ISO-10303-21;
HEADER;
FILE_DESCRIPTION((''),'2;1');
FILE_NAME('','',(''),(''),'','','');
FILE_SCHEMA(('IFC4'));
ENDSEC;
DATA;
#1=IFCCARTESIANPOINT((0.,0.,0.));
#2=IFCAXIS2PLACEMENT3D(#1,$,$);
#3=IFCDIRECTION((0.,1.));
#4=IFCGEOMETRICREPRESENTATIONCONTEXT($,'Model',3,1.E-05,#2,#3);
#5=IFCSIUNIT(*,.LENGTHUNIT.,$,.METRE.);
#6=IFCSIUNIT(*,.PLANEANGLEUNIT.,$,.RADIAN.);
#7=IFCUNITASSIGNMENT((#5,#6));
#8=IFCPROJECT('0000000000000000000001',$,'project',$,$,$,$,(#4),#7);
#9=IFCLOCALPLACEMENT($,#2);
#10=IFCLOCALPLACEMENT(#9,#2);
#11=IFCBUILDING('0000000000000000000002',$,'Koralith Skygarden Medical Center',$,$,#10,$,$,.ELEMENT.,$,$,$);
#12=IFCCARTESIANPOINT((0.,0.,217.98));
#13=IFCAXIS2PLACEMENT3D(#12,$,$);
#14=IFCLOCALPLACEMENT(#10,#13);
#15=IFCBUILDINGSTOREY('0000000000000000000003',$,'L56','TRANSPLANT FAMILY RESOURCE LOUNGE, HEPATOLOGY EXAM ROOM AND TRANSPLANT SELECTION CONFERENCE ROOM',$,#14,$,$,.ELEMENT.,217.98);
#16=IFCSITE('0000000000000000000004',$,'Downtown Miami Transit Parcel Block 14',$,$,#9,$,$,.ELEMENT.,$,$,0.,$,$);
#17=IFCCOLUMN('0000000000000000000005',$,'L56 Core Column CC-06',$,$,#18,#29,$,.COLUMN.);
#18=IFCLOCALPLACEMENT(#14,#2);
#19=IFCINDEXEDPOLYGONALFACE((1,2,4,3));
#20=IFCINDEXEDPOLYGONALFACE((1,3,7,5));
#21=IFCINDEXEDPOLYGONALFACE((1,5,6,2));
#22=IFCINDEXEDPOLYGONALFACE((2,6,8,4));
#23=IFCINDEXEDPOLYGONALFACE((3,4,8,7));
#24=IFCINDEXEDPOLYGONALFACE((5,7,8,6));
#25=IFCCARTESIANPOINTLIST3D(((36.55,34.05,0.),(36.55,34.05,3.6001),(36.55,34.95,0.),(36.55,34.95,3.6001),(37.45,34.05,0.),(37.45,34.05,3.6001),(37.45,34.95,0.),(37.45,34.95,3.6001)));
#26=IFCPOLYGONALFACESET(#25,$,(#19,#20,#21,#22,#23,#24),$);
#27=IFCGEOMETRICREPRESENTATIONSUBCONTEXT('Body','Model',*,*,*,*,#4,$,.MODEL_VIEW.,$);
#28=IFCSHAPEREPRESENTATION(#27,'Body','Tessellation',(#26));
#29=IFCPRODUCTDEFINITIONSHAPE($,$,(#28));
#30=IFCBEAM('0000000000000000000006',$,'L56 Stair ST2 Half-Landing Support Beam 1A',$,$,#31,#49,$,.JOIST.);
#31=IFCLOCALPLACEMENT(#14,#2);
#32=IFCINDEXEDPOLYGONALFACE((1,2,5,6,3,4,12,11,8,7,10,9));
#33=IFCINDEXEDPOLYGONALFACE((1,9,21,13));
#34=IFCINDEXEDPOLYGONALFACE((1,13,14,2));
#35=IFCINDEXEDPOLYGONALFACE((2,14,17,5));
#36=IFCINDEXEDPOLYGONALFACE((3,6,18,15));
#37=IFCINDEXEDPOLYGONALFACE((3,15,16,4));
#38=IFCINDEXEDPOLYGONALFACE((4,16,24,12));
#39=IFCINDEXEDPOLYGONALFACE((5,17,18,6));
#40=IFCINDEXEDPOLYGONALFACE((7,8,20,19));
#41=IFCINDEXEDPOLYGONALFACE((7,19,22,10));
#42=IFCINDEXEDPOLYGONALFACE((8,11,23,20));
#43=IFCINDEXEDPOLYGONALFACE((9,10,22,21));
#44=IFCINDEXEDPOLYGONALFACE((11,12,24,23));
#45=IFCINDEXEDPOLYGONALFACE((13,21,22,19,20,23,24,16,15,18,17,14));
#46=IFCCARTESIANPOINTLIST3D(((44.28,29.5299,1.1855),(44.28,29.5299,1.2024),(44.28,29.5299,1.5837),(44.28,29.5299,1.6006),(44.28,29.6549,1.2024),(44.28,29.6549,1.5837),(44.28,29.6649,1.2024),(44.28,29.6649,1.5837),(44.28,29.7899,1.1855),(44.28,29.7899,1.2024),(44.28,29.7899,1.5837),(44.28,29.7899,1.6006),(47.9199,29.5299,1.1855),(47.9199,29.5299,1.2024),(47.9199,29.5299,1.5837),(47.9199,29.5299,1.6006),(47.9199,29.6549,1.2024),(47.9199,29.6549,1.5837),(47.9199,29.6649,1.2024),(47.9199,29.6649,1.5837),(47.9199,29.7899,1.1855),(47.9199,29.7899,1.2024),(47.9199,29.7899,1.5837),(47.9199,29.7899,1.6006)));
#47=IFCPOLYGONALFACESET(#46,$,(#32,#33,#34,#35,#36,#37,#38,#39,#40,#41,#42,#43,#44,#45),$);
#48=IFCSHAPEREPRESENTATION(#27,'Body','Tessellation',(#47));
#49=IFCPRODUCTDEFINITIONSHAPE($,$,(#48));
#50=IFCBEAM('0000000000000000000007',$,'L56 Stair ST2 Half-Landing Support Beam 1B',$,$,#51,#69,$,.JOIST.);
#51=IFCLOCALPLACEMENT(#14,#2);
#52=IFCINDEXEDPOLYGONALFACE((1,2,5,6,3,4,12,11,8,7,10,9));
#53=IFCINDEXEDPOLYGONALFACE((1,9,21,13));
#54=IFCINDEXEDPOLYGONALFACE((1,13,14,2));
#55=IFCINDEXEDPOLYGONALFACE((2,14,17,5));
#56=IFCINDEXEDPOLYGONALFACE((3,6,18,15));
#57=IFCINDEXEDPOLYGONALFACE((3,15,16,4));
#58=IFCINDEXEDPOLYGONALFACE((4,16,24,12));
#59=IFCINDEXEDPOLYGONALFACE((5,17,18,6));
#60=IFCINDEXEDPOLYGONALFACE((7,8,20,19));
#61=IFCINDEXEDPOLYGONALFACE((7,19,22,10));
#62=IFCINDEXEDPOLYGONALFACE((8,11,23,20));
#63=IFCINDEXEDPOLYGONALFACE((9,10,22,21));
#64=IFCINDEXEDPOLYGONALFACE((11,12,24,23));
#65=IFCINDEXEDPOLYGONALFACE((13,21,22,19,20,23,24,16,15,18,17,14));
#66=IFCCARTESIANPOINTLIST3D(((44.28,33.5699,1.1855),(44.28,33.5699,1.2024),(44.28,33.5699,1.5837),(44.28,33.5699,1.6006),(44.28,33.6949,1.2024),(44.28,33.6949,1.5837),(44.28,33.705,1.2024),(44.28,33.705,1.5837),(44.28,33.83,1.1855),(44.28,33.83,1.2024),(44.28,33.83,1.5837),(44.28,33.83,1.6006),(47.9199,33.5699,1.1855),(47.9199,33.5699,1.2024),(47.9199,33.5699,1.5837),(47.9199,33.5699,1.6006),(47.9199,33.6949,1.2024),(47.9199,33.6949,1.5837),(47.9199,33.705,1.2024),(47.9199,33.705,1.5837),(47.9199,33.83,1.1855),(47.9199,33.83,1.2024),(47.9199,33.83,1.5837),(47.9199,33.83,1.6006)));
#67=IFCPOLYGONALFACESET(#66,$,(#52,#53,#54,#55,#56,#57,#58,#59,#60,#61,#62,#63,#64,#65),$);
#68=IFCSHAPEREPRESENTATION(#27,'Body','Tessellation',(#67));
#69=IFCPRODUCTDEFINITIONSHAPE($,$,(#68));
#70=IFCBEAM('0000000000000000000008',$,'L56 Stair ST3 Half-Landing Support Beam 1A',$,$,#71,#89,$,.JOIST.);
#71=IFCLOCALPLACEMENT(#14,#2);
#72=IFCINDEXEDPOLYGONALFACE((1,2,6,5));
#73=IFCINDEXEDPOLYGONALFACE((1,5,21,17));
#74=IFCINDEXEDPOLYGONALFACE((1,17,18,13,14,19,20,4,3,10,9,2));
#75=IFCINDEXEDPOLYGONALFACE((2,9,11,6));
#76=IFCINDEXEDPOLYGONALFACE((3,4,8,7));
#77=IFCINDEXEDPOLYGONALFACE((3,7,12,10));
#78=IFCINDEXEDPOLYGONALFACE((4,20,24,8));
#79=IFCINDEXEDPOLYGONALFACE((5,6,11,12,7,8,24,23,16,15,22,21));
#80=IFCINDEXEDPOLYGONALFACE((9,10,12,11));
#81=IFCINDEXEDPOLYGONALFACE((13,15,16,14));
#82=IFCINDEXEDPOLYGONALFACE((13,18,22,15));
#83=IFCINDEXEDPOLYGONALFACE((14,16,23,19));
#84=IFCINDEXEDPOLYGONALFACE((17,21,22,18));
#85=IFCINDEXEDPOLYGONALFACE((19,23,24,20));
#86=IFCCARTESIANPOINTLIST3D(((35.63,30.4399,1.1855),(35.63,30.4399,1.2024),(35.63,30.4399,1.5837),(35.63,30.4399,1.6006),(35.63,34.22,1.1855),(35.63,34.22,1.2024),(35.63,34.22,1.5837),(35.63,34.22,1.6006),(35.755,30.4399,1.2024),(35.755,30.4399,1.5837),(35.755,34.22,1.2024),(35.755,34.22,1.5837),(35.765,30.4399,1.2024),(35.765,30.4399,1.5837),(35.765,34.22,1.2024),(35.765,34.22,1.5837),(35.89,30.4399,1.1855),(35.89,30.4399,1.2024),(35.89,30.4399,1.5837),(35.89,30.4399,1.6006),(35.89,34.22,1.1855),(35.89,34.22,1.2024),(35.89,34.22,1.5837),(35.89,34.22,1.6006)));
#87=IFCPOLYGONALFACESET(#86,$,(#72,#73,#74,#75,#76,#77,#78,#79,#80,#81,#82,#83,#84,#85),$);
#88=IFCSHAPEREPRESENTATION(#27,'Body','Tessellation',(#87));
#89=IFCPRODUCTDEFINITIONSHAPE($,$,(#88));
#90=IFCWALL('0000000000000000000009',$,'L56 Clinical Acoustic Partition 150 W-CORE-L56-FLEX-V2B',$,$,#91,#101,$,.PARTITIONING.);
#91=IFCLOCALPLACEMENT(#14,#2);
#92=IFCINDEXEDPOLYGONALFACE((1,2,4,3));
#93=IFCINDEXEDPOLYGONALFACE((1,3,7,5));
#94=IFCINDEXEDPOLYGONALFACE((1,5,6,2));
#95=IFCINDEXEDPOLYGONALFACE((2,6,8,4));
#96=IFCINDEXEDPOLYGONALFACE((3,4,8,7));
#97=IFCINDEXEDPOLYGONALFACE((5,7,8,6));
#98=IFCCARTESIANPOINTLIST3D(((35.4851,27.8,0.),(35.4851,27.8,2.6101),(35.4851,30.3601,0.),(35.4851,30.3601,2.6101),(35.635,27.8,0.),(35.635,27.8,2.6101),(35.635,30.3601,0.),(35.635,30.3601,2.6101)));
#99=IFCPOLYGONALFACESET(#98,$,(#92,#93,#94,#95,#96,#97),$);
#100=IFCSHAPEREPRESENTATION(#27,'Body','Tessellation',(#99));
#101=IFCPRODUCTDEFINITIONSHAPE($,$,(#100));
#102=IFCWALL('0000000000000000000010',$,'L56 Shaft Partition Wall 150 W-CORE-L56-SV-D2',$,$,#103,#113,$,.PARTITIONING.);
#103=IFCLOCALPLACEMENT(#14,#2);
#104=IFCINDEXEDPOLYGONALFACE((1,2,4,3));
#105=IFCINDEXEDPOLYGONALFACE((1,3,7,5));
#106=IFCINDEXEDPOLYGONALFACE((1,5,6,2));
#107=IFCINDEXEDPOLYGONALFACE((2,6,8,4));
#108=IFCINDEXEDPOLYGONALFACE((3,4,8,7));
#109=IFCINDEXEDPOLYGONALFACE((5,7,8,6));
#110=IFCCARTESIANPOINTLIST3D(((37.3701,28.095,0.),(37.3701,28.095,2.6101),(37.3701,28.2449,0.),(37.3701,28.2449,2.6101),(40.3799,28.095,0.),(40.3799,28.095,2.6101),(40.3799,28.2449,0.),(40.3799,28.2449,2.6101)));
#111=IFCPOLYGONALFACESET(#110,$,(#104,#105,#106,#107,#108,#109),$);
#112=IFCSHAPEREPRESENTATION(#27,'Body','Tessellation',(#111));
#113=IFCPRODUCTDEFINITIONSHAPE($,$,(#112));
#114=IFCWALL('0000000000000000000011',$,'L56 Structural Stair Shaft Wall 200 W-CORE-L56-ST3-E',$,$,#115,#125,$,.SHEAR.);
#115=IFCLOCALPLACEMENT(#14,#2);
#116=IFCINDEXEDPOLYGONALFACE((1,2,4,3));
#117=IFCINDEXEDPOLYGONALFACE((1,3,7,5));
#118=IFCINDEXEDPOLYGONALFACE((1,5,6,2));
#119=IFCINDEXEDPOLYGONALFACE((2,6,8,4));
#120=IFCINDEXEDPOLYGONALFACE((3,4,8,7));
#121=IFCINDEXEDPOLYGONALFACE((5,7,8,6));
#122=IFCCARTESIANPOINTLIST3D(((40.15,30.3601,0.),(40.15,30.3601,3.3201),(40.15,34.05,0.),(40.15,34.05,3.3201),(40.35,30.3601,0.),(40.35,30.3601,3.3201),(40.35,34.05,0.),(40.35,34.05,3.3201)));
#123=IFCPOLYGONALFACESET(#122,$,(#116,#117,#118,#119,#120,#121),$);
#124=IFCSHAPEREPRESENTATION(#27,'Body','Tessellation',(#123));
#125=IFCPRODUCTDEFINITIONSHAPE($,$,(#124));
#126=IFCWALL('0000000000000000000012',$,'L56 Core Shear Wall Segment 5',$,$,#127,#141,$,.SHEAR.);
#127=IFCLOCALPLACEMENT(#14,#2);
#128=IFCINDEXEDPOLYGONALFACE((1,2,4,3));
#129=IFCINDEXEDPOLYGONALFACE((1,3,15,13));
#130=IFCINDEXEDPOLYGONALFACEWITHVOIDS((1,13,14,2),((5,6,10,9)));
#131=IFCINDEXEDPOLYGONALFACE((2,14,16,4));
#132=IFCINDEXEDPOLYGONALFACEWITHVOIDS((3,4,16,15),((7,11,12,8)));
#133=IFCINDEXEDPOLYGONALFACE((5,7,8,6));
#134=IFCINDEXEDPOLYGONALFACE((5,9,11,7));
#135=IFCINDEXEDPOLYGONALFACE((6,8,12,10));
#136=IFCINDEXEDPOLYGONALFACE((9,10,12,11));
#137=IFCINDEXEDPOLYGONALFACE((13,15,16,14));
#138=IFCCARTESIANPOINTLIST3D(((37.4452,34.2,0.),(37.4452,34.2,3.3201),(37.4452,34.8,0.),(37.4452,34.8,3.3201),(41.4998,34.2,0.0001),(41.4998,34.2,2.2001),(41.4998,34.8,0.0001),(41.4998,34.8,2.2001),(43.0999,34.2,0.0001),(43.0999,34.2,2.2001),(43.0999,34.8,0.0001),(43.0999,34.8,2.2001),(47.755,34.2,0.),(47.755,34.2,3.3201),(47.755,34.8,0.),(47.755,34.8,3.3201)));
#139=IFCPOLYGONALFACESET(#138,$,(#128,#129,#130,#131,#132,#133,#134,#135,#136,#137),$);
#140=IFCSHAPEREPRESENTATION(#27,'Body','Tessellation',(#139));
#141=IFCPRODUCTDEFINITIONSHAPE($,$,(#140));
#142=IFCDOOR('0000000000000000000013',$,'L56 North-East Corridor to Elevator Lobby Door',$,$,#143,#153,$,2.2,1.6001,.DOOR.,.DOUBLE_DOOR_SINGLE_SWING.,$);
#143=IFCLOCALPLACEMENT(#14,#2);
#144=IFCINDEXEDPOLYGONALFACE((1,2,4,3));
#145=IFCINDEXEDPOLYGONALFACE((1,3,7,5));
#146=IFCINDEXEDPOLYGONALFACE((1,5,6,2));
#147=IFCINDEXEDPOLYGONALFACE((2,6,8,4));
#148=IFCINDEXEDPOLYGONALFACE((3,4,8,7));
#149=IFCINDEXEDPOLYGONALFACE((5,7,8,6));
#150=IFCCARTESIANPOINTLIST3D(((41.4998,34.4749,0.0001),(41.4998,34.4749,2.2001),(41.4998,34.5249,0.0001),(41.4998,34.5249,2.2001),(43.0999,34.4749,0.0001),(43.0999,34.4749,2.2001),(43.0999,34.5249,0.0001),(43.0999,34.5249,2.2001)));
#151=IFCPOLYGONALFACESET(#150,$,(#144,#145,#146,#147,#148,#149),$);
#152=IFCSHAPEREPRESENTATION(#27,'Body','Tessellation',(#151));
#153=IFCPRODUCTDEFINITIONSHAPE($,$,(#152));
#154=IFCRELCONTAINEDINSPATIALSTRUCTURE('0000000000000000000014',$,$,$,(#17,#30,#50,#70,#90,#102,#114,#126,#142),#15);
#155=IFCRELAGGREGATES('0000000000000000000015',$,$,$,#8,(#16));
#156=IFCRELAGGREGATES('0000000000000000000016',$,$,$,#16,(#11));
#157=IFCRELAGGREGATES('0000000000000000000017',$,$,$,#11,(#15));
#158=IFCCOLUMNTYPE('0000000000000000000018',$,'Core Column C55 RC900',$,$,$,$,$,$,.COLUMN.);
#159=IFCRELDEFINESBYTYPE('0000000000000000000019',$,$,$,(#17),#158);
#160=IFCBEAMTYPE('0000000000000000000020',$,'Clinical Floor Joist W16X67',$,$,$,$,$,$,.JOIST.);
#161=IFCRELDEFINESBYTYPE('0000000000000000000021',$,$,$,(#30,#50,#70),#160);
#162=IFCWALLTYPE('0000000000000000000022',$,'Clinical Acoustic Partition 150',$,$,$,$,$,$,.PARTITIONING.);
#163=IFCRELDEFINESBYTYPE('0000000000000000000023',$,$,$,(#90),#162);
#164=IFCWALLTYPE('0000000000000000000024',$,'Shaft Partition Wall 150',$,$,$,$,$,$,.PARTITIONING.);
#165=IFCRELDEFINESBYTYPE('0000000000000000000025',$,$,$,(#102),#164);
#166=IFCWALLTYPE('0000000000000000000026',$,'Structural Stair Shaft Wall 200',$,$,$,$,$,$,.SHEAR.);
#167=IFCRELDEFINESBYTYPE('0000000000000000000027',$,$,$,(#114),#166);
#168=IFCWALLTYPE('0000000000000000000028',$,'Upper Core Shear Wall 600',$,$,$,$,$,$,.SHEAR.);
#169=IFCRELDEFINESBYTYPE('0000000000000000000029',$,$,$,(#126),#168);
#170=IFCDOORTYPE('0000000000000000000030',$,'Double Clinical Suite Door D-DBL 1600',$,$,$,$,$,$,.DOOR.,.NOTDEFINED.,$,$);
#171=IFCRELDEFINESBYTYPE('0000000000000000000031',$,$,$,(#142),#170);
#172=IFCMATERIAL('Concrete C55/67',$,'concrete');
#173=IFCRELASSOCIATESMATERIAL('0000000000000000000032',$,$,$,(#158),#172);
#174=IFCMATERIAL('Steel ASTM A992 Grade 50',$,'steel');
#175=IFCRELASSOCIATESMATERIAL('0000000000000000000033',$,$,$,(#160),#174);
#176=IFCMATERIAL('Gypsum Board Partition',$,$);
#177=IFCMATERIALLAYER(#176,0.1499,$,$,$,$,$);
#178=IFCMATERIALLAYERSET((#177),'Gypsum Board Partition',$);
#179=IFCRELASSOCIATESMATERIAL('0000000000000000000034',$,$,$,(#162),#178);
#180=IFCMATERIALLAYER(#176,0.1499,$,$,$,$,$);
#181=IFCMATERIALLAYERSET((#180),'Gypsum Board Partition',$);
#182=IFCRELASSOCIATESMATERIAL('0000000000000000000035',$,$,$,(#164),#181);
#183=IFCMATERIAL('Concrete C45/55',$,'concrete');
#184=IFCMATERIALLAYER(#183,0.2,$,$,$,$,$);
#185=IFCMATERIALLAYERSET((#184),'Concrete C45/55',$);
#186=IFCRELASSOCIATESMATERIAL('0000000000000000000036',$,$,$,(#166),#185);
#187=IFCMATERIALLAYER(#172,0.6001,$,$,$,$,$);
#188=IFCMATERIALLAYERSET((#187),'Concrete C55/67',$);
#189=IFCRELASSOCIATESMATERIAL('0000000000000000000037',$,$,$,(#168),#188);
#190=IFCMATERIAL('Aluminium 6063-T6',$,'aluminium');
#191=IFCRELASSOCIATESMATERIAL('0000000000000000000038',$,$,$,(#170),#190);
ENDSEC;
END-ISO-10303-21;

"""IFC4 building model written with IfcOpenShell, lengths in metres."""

from ifc_helpers import new_model, si_unit, direction, frame, frame_2d, origin, origin_2d, place, context, subcontext, project, spatial, rectangle, i_section, extrude, material, layer, layer_set, material_profile, profile_set, type_object, element, fill, save


model = new_model("IFC4")

# Units and contexts
model_context = context("Model", 3, precision=1e-05, world=origin(), true_north=direction((0.0, 1.0)))
body_context = subcontext(model_context, "Body", "Model", "MODEL_VIEW")
ifc_project = project(units=[si_unit("LENGTHUNIT", "METRE"), si_unit("PLANEANGLEUNIT", "RADIAN")], contexts=[model_context])

# Site, building, storey
site_placement = place(None, origin())
site = spatial("IfcSite", under=ifc_project, at=site_placement, Name="Downtown Miami Transit Parcel Block 14", CompositionType="ELEMENT", RefElevation=0.0)
building_placement = place(site_placement, origin())
building = spatial("IfcBuilding", under=site, at=building_placement, Name="Koralith Skygarden Medical Center", CompositionType="ELEMENT")
storey_placement = place(building_placement, frame((0.0, 0.0, 217.98)))
storey = spatial("IfcBuildingStorey", under=building, at=storey_placement, Name="L56", Description="TRANSPLANT FAMILY RESOURCE LOUNGE, HEPATOLOGY EXAM ROOM AND TRANSPLANT SELECTION CONFERENCE ROOM", CompositionType="ELEMENT", Elevation=217.98)

# Column
ifc_material_1 = material(Name="Concrete C55/67", Category="concrete")
ifc_material_profile_1 = material_profile(ifc_material_1, rectangle(XDim=0.8999, YDim=0.8999, at=origin_2d()), Name="RC900X900")
ifc_profile_set_1 = profile_set([ifc_material_profile_1], Name="Concrete C55/67")
column_type = type_object("IfcColumnType", Name="Core Column C55 RC900", PredefinedType="COLUMN", material=ifc_profile_set_1)
column_placement = place(storey_placement, frame((37.0, 34.5, 0.0), z_axis=(0.0, 0.0, 1.0), x_axis=(1.0, 0.0, 0.0)))
element("IfcColumn", 1, at=column_placement, inside=storey, type_object=column_type, Name="L56 Core Column CC-06", PredefinedType="COLUMN", context=body_context, shape_type="SweptSolid", body=[
    extrude(rectangle(XDim=0.8999, YDim=0.8999, at=origin_2d()), origin(), (0.0, 0.0, 1.0), 3.6001),
])

# Beams
ifc_material_2 = material(Name="Steel ASTM A992 Grade 50", Category="steel")
ifc_material_profile_2 = material_profile(ifc_material_2, i_section(OverallWidth=0.26, OverallDepth=0.415, WebThickness=0.01, FlangeThickness=0.0168, at=origin_2d()), Name="W16X67")
ifc_profile_set_2 = profile_set([ifc_material_profile_2], Name="Steel ASTM A992 Grade 50")
beam_type = type_object("IfcBeamType", Name="Clinical Floor Joist W16X67", PredefinedType="JOIST", material=ifc_profile_set_2)
for number, where, z_axis, x_axis, name in (
    (2, (44.28, 29.6599, 1.3931), (1.0, 0.0, 0.0), (0.0, 1.0, 0.0), "L56 Stair ST2 Half-Landing Support Beam 1A"),
    (3, (44.28, 33.7, 1.3931), (1.0, 0.0, 0.0), (0.0, 1.0, 0.0), "L56 Stair ST2 Half-Landing Support Beam 1B"),
):
    element("IfcBeam", number, at=place(storey_placement, frame(where, z_axis=z_axis, x_axis=x_axis)), inside=storey, type_object=beam_type, Name=name, PredefinedType="JOIST", context=body_context, shape_type="SweptSolid", body=[
        extrude(i_section(OverallWidth=0.26, OverallDepth=0.415, WebThickness=0.01, FlangeThickness=0.0168, at=origin_2d()), origin(), (0.0, 0.0, 1.0), 3.6399),
    ])
beam_placement = place(storey_placement, frame((35.76, 30.4399, 1.3931), z_axis=(0.0, 1.0, 0.0), x_axis=(-1.0, 0.0, 0.0)))
element("IfcBeam", 4, at=beam_placement, inside=storey, type_object=beam_type, Name="L56 Stair ST3 Half-Landing Support Beam 1A", PredefinedType="JOIST", context=body_context, shape_type="SweptSolid", body=[
    extrude(i_section(OverallWidth=0.26, OverallDepth=0.415, WebThickness=0.01, FlangeThickness=0.0168, at=origin_2d()), origin(), (0.0, 0.0, 1.0), 3.78),
])

# Walls
ifc_material_3 = material(Name="Gypsum Board Partition")
ifc_layer_1 = layer(ifc_material_3, 0.1499)
ifc_layer_set_1 = layer_set([ifc_layer_1], Name="Gypsum Board Partition")
wall_type_1 = type_object("IfcWallType", Name="Clinical Acoustic Partition 150", PredefinedType="PARTITIONING", material=ifc_layer_set_1)
wall_1_placement = place(storey_placement, frame((35.5601, 27.8, 0.0), z_axis=(0.0, 0.0, 1.0), x_axis=(0.0, 1.0, 0.0)))
element("IfcWall", 5, at=wall_1_placement, inside=storey, type_object=wall_type_1, Name="L56 Clinical Acoustic Partition 150 W-CORE-L56-FLEX-V2B", PredefinedType="PARTITIONING", context=body_context, shape_type="SweptSolid", body=[
    extrude(rectangle(XDim=2.5601, YDim=0.1499, at=frame_2d((1.28, 0.0))), origin(), (0.0, 0.0, 1.0), 2.6101),
])
ifc_layer_2 = layer(ifc_material_3, 0.1499)
ifc_layer_set_2 = layer_set([ifc_layer_2], Name="Gypsum Board Partition")
wall_type_2 = type_object("IfcWallType", Name="Shaft Partition Wall 150", PredefinedType="PARTITIONING", material=ifc_layer_set_2)
wall_2_placement = place(storey_placement, frame((37.3701, 28.1699, 0.0), z_axis=(0.0, 0.0, 1.0), x_axis=(1.0, 0.0, 0.0)))
element("IfcWall", 6, at=wall_2_placement, inside=storey, type_object=wall_type_2, Name="L56 Shaft Partition Wall 150 W-CORE-L56-SV-D2", PredefinedType="PARTITIONING", context=body_context, shape_type="SweptSolid", body=[
    extrude(rectangle(XDim=3.0098, YDim=0.1499, at=frame_2d((1.5049, 0.0))), origin(), (0.0, 0.0, 1.0), 2.6101),
])
ifc_material_4 = material(Name="Concrete C45/55", Category="concrete")
ifc_layer_3 = layer(ifc_material_4, 0.2)
ifc_layer_set_3 = layer_set([ifc_layer_3], Name="Concrete C45/55")
wall_type_3 = type_object("IfcWallType", Name="Structural Stair Shaft Wall 200", PredefinedType="SHEAR", material=ifc_layer_set_3)
wall_3_placement = place(storey_placement, frame((40.25, 30.3601, 0.0), z_axis=(0.0, 0.0, 1.0), x_axis=(0.0, 1.0, 0.0)))
element("IfcWall", 7, at=wall_3_placement, inside=storey, type_object=wall_type_3, Name="L56 Structural Stair Shaft Wall 200 W-CORE-L56-ST3-E", PredefinedType="SHEAR", context=body_context, shape_type="SweptSolid", body=[
    extrude(rectangle(XDim=3.6899, YDim=0.2, at=frame_2d((1.845, 0.0))), origin(), (0.0, 0.0, 1.0), 3.3201),
])

# Wall, opening, door
ifc_layer_4 = layer(ifc_material_1, 0.6001)
ifc_layer_set_4 = layer_set([ifc_layer_4], Name="Concrete C55/67")
wall_type_4 = type_object("IfcWallType", Name="Upper Core Shear Wall 600", PredefinedType="SHEAR", material=ifc_layer_set_4)
wall_4_placement = place(storey_placement, frame((47.7549, 34.5, 0.0), z_axis=(0.0, 0.0, 1.0), x_axis=(-1.0, 0.0, 0.0)))
wall_4 = element("IfcWall", 8, at=wall_4_placement, inside=storey, type_object=wall_type_4, Name="L56 Core Shear Wall Segment 5", PredefinedType="SHEAR", context=body_context, shape_type="SweptSolid", body=[
    extrude(rectangle(XDim=10.3098, YDim=0.6001, at=frame_2d((5.1548, 0.0))), origin(), (0.0, 0.0, 1.0), 3.3201),
])
opening_1_placement = place(wall_4_placement, frame((4.655, 0.0, 0.0)))
opening_1 = element("IfcOpeningElement", 9, at=opening_1_placement, cuts=wall_4, PredefinedType="OPENING", context=body_context, shape_type="SweptSolid", body=[
    extrude(rectangle(XDim=1.6001, YDim=2.2, at=frame_2d((0.8, 1.1001))), frame((0.0, 0.3101, 0.0), z_axis=(0.0, -1.0, 0.0), x_axis=(1.0, 0.0, 0.0)), (0.0, 0.0, 1.0), 0.6201),
])
ifc_material_5 = material(Name="Aluminium 6063-T6", Category="aluminium")
door_type_1 = type_object("IfcDoorType", Name="Double Clinical Suite Door D-DBL 1600", OperationType="NOTDEFINED", PredefinedType="DOOR", material=ifc_material_5)
door_1_placement = place(opening_1_placement, frame((1.6001, 0.0, 0.0), z_axis=(0.0, 0.0, 1.0), x_axis=(-1.0, 0.0, 0.0)))
door_1 = element("IfcDoor", 10, at=door_1_placement, inside=storey, type_object=door_type_1, Name="L56 North-East Corridor to Elevator Lobby Door", OperationType="DOUBLE_DOOR_SINGLE_SWING", OverallHeight=2.2, OverallWidth=1.6001, PredefinedType="DOOR", context=body_context, shape_type="SweptSolid", body=[
    extrude(rectangle(XDim=1.6001, YDim=2.2, at=frame_2d((0.8, 1.1001))), frame((0.0, 0.0249, 0.0), z_axis=(0.0, -1.0, 0.0), x_axis=(1.0, 0.0, 0.0)), (0.0, 0.0, 1.0), 0.05),
])
fill(opening_1, door_1)

save(model, "model.ifc")
